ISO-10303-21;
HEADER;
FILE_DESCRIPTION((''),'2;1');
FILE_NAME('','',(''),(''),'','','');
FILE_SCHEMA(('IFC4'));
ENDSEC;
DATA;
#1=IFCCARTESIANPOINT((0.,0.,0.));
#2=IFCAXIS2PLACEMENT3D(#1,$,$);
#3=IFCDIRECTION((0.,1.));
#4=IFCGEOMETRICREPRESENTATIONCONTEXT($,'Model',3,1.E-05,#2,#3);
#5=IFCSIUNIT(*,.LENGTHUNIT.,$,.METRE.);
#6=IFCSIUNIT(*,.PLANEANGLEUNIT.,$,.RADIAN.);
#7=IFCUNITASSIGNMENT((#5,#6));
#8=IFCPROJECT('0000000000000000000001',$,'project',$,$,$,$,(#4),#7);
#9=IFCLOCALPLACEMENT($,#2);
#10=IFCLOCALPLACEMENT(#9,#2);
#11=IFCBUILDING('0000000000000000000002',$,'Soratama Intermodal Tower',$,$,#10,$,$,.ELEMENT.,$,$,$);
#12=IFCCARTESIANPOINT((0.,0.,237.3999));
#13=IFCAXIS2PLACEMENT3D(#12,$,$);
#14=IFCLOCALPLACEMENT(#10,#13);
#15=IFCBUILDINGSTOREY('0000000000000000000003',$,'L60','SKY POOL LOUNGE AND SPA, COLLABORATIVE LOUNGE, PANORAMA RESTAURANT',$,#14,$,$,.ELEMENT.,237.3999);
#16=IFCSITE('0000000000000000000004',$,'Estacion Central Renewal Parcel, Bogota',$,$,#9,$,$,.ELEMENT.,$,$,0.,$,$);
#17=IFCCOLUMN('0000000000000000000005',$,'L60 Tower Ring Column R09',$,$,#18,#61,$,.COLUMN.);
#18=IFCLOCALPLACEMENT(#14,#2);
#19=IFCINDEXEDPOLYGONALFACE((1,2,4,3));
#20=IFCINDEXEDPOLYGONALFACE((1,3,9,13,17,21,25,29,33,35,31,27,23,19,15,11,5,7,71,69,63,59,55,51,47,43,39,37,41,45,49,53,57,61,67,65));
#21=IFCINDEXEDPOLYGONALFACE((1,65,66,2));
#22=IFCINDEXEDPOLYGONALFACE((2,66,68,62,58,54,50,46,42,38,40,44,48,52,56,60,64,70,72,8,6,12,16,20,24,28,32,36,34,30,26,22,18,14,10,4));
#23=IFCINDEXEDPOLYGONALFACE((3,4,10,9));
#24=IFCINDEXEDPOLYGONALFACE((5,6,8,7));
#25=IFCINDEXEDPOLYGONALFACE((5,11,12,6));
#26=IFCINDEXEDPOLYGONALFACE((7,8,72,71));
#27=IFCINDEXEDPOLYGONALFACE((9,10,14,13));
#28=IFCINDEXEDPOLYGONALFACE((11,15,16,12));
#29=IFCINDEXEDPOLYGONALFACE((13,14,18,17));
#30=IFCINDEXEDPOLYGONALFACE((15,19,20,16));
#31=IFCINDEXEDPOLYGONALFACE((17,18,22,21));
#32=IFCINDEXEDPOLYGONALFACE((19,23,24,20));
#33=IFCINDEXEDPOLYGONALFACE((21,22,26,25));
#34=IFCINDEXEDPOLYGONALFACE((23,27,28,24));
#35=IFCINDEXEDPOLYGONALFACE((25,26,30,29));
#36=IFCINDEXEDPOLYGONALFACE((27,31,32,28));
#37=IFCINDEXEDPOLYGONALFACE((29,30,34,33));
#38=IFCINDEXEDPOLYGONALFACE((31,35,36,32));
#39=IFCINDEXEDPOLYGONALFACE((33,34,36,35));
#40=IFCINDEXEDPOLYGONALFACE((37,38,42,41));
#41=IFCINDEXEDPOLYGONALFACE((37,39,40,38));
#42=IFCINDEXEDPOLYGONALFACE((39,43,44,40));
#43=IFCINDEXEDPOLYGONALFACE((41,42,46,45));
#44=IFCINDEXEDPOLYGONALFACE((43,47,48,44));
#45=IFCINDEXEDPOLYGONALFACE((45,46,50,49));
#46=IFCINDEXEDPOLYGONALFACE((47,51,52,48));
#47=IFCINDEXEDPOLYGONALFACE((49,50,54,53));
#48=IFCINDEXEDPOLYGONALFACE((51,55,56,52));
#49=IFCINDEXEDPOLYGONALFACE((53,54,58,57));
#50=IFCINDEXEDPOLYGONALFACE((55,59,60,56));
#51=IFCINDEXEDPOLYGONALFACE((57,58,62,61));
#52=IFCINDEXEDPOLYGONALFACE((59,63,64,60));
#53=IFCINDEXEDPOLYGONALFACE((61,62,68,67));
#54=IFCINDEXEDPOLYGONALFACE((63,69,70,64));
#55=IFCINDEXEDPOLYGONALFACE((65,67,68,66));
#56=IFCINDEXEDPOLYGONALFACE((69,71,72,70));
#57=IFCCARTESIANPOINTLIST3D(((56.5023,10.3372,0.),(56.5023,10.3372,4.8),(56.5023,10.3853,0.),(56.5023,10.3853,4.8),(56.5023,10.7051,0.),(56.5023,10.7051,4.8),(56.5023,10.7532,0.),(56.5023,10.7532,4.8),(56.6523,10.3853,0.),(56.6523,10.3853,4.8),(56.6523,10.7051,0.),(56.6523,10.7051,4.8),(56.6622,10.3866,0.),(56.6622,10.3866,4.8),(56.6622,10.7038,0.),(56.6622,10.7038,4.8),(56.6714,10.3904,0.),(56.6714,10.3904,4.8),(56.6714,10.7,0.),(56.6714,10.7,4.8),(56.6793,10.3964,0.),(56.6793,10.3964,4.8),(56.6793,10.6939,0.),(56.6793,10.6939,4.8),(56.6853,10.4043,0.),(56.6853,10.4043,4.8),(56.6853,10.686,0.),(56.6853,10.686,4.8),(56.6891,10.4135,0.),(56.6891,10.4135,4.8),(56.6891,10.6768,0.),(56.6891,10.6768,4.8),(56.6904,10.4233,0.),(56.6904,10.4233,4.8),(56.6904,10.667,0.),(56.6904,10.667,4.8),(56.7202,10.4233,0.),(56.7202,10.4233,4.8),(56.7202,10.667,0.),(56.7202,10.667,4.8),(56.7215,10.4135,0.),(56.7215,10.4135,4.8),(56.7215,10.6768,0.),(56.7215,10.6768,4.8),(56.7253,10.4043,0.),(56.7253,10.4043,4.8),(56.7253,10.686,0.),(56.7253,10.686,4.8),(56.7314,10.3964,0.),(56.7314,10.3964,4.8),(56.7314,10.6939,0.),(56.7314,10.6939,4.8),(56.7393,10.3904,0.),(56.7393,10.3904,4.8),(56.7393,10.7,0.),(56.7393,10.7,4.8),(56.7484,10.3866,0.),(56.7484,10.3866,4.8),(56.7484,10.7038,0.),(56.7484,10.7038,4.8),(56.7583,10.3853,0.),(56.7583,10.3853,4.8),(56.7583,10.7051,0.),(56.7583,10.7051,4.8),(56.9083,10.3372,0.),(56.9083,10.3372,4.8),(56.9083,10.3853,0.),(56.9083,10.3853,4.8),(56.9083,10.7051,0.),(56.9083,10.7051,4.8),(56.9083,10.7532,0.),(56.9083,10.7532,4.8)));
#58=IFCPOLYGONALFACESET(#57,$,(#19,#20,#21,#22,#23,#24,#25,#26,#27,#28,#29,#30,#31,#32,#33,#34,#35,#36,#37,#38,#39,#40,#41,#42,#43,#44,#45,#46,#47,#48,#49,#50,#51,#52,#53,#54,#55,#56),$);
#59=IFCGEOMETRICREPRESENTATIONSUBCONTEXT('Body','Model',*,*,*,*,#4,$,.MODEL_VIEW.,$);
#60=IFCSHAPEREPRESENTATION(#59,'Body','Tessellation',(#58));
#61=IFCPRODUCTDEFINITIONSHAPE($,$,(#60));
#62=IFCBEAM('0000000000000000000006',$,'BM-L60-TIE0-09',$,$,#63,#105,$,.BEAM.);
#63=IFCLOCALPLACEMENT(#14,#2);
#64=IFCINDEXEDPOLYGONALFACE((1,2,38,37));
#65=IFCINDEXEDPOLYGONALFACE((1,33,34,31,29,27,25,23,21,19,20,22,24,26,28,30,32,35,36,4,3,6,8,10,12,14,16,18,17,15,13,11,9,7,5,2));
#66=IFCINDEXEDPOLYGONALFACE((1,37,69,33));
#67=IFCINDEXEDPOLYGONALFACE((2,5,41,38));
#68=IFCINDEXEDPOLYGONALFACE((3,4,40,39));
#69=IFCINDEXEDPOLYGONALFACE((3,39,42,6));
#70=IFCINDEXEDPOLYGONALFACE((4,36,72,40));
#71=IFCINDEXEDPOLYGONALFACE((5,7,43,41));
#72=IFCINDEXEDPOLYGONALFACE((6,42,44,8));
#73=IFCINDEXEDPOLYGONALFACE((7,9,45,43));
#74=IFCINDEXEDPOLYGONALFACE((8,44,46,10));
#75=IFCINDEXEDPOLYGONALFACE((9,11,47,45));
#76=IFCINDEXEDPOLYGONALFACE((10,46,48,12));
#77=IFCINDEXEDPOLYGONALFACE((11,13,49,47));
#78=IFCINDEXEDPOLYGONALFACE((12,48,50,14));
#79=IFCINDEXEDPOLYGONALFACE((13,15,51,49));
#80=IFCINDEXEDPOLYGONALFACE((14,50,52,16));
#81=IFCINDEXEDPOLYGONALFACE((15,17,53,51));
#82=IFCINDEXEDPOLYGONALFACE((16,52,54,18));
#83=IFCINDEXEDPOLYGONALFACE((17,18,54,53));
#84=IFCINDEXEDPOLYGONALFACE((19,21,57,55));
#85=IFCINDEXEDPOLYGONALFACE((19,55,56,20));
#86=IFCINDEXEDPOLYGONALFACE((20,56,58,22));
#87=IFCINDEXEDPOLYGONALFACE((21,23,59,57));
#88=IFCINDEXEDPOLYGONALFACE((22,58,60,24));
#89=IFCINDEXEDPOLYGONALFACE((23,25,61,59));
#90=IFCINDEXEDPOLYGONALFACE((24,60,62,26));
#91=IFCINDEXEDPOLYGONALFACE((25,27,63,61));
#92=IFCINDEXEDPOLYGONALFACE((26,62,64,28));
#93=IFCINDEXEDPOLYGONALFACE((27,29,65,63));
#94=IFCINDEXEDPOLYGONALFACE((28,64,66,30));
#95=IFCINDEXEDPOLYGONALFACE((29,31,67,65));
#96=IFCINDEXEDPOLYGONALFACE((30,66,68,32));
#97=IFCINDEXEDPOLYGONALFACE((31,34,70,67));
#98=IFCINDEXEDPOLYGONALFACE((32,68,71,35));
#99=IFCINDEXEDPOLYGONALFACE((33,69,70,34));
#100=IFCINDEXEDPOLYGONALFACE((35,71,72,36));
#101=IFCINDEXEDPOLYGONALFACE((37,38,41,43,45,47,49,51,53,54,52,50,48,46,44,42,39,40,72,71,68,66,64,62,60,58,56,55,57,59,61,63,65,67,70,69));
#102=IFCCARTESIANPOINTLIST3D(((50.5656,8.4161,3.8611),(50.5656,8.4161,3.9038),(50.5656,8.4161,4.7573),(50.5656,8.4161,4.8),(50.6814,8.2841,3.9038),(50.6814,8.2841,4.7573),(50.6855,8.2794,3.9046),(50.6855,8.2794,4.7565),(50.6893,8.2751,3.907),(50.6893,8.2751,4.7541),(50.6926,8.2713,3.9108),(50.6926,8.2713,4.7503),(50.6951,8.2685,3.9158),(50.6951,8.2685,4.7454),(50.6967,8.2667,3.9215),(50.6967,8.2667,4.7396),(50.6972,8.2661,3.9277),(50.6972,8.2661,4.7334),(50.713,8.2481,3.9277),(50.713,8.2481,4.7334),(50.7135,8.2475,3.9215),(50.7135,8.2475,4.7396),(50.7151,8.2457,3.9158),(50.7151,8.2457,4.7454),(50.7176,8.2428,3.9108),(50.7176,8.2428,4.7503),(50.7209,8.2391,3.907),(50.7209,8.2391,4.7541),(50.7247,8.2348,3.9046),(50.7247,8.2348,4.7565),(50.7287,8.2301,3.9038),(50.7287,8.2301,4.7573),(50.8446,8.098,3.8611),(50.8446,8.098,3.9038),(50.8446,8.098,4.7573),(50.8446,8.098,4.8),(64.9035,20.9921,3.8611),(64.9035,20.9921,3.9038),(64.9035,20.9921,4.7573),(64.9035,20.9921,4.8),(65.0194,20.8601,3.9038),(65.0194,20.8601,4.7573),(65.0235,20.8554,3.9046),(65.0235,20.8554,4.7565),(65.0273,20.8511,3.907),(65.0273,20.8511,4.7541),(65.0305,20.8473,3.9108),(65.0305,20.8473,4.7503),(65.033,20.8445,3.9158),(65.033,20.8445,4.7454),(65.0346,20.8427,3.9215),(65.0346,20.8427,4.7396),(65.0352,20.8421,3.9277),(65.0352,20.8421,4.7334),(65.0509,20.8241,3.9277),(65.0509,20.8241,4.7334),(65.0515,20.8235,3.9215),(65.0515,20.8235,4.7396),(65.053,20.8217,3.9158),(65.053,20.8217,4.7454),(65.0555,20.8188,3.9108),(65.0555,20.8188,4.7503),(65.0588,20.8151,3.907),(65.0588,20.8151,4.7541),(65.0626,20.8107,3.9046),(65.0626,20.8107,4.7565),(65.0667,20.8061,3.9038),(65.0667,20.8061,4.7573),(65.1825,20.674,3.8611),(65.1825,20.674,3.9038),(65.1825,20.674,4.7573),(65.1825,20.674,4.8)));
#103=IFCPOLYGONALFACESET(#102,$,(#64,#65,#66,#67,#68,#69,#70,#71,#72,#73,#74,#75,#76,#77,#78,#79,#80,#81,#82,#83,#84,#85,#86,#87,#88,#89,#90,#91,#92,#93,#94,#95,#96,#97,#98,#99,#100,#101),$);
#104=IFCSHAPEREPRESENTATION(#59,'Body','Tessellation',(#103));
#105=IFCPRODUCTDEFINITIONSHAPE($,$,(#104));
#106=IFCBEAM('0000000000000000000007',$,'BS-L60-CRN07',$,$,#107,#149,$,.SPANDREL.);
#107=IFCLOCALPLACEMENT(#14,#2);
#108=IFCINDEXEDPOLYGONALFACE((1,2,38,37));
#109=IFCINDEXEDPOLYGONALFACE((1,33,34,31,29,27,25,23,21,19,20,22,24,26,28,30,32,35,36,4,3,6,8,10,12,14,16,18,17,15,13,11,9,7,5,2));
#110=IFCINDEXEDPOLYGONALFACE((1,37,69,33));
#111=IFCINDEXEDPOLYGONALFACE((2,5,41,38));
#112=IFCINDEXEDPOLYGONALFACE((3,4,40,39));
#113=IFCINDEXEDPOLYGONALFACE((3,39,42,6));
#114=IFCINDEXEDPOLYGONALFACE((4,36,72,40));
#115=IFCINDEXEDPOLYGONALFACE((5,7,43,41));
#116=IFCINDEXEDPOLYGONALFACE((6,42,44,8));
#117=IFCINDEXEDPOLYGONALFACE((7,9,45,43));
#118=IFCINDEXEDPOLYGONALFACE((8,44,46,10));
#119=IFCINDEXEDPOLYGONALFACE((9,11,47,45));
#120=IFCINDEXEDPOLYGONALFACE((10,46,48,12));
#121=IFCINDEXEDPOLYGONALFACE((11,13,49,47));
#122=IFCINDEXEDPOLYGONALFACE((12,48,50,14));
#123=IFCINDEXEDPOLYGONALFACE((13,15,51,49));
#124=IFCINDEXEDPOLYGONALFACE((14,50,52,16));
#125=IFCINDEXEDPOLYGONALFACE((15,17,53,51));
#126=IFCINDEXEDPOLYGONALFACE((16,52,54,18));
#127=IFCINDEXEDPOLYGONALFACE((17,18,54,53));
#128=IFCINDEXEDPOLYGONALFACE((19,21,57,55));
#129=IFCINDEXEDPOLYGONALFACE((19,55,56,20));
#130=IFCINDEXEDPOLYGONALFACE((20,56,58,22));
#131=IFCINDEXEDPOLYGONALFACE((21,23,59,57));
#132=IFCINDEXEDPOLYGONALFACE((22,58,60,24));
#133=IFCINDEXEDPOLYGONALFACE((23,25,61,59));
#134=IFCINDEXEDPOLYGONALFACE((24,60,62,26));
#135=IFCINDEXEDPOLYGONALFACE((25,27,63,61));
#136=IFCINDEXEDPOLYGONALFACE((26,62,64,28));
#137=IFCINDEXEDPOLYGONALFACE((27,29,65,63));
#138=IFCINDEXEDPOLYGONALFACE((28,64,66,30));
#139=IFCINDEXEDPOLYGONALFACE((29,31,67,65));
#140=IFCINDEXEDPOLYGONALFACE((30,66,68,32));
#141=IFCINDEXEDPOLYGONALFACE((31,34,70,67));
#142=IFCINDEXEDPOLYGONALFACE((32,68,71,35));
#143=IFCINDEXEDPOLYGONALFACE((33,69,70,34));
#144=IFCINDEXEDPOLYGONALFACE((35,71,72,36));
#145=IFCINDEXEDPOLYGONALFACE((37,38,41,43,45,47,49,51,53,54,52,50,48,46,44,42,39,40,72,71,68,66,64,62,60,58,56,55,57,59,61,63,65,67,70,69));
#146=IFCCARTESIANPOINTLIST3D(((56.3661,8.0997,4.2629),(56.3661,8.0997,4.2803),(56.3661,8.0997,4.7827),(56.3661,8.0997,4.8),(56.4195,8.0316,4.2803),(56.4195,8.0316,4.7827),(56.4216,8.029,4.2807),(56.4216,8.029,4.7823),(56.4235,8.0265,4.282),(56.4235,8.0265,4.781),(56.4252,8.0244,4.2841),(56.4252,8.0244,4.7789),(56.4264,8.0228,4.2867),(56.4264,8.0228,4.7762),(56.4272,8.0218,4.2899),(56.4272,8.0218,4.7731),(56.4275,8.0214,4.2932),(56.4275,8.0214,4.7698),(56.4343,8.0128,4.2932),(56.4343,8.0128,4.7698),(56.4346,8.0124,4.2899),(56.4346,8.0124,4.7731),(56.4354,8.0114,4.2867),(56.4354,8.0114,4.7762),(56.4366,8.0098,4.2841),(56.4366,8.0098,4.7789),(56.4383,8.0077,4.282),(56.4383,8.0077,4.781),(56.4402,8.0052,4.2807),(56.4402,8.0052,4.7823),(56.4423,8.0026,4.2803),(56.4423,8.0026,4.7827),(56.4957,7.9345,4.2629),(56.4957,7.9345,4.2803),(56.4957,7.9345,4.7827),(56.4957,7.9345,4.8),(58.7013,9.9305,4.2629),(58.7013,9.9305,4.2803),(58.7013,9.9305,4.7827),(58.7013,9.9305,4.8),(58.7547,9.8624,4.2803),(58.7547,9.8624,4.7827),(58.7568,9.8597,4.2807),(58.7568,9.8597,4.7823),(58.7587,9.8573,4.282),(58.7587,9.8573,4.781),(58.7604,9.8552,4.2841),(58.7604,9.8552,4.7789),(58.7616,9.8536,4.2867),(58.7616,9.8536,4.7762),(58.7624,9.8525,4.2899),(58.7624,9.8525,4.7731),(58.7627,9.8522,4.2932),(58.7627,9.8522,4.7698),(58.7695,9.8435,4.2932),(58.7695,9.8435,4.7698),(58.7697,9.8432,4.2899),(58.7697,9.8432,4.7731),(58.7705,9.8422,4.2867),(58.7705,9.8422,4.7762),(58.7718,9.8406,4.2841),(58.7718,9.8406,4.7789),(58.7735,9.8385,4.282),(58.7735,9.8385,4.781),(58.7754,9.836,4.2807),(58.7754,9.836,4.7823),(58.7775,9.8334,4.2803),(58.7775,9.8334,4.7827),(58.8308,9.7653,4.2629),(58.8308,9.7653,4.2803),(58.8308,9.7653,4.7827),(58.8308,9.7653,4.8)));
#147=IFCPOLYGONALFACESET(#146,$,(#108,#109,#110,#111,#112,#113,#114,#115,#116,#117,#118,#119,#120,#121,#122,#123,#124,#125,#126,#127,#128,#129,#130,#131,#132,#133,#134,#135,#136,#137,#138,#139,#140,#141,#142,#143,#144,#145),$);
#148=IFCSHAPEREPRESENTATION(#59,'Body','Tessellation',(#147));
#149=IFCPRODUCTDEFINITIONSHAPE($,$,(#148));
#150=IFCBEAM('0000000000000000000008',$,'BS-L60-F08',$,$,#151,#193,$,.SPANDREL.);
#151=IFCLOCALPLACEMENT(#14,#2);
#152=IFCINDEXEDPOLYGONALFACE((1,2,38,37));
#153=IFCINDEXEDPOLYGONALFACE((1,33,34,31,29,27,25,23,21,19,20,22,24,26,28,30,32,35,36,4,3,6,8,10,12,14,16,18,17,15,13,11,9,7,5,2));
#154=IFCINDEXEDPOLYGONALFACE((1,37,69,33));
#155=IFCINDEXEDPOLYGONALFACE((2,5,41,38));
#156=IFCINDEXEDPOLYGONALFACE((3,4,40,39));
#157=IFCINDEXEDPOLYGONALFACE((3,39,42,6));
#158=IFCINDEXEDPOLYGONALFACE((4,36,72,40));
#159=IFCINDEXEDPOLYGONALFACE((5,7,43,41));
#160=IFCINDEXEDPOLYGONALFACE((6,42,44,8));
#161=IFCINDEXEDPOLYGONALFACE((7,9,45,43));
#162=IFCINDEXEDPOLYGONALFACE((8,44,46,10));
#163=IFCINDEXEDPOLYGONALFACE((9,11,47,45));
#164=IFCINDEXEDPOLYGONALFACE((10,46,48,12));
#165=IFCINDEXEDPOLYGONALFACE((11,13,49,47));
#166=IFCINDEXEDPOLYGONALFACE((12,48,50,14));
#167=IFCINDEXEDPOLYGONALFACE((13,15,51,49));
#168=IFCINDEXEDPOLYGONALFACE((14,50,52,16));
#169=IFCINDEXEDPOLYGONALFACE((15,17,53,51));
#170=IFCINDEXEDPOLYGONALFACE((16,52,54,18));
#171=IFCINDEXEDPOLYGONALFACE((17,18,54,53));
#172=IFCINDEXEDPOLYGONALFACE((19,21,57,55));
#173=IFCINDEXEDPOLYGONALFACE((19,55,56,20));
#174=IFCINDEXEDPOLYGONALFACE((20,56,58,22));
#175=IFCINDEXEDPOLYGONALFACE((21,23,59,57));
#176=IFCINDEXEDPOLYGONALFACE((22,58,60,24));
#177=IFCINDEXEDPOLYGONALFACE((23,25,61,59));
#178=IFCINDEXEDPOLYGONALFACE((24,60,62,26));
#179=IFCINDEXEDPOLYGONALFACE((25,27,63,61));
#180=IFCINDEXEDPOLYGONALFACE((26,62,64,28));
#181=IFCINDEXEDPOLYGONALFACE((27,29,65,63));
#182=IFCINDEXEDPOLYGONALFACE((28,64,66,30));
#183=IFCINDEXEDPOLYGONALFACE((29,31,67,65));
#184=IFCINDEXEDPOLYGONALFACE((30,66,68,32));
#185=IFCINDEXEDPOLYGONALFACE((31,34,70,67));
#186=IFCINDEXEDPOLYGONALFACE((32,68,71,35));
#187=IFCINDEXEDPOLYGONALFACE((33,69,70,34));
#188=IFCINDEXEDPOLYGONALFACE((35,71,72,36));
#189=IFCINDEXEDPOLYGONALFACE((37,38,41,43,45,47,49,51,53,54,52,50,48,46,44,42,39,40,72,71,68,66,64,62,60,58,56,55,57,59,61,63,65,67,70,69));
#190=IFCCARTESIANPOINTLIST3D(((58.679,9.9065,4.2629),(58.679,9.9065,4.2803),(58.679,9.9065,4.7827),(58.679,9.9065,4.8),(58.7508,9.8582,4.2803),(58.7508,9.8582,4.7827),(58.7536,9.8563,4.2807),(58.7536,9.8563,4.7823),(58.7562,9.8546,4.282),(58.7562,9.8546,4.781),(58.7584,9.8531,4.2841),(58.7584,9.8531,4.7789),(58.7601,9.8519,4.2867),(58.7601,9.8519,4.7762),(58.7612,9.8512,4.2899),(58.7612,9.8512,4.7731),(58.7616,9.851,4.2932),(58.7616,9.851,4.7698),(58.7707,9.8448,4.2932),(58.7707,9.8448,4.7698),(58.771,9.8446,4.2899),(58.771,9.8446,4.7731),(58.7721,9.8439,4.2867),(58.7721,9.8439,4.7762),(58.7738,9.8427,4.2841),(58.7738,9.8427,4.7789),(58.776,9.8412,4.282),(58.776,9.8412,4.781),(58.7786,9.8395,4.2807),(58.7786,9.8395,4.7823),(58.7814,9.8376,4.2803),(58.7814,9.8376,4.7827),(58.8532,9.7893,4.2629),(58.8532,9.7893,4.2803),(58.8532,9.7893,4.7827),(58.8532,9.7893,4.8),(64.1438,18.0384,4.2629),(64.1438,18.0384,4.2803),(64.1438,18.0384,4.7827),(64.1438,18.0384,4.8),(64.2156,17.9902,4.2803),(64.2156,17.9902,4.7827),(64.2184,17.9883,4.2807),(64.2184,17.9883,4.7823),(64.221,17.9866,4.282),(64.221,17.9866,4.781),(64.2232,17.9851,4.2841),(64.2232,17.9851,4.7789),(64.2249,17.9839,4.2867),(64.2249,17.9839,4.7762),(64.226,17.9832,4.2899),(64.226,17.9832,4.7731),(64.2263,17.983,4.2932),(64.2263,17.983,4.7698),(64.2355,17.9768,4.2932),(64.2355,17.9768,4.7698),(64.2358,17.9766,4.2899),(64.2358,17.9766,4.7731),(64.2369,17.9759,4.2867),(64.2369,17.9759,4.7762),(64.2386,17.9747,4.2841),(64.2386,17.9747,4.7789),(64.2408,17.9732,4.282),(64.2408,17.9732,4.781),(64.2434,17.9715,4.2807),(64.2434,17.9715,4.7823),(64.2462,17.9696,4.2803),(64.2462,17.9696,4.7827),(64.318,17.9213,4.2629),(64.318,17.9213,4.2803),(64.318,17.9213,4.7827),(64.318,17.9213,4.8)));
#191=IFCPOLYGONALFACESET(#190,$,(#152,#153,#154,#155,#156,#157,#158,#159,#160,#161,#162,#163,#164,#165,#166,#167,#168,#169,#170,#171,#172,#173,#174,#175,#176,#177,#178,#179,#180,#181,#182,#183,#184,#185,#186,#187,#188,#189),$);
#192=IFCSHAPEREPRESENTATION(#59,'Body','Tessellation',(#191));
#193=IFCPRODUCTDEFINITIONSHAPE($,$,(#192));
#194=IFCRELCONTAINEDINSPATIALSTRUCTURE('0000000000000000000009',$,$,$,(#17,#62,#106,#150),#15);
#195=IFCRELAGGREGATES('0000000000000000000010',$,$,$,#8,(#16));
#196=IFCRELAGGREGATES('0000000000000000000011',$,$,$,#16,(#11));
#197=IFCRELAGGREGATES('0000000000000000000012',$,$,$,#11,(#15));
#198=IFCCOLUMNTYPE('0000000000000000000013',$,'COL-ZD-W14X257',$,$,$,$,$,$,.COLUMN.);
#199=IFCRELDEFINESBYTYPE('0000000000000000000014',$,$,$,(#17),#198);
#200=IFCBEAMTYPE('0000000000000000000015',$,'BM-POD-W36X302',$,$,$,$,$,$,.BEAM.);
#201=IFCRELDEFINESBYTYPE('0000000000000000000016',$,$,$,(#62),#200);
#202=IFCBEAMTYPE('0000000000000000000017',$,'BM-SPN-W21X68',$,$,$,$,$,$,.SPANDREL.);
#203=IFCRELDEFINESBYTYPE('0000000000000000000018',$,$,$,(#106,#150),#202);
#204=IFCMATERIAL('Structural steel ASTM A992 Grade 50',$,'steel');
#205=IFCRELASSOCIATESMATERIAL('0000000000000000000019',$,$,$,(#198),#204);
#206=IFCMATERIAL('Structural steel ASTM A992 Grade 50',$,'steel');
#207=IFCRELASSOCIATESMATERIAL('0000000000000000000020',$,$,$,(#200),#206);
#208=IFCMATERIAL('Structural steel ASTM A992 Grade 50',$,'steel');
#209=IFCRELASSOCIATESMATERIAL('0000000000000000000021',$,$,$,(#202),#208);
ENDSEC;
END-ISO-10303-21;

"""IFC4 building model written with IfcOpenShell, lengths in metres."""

from ifc_helpers import new_model, si_unit, direction, frame, origin, origin_2d, place, context, subcontext, project, spatial, i_section, extrude, material, material_profile, profile_set, type_object, element, save


model = new_model("IFC4")

# Units and contexts
model_context = context("Model", 3, precision=1e-05, world=origin(), true_north=direction((0.0, 1.0)))
body_context = subcontext(model_context, "Body", "Model", "MODEL_VIEW")
ifc_project = project(units=[si_unit("LENGTHUNIT", "METRE"), si_unit("PLANEANGLEUNIT", "RADIAN")], contexts=[model_context])

# Site, building, storey
site_placement = place(None, origin())
site = spatial("IfcSite", under=ifc_project, at=site_placement, Name="Estacion Central Renewal Parcel, Bogota", CompositionType="ELEMENT", RefElevation=0.0)
building_placement = place(site_placement, origin())
building = spatial("IfcBuilding", under=site, at=building_placement, Name="Soratama Intermodal Tower", CompositionType="ELEMENT")
storey_placement = place(building_placement, frame((0.0, 0.0, 237.3999)))
storey = spatial("IfcBuildingStorey", under=building, at=storey_placement, Name="L60", Description="SKY POOL LOUNGE AND SPA, COLLABORATIVE LOUNGE, PANORAMA RESTAURANT", CompositionType="ELEMENT", Elevation=237.3999)

# Column
ifc_material_1 = material(Name="Structural steel ASTM A992 Grade 50", Category="steel")
ifc_material_profile_1 = material_profile(ifc_material_1, i_section(OverallWidth=0.406, OverallDepth=0.416, WebThickness=0.0298, FlangeThickness=0.0481, FilletRadius=0.0381, at=origin_2d()), Name="W14X257")
ifc_profile_set_1 = profile_set([ifc_material_profile_1], Name="Structural steel ASTM A992 Grade 50")
column_type = type_object("IfcColumnType", Name="COL-ZD-W14X257", PredefinedType="COLUMN", material=ifc_profile_set_1)
column_placement = place(storey_placement, frame((56.7053, 10.5452, 0.0), z_axis=(0.0, 0.0, 1.0), x_axis=(1.0, 0.0, 0.0)))
element("IfcColumn", 1, at=column_placement, inside=storey, type_object=column_type, Name="L60 Tower Ring Column R09", PredefinedType="COLUMN", context=body_context, shape_type="SweptSolid", body=[
    extrude(i_section(OverallWidth=0.406, OverallDepth=0.416, WebThickness=0.0298, FlangeThickness=0.0481, FilletRadius=0.0381, at=origin_2d()), origin(), (0.0, 0.0, 1.0), 4.8),
])

# Beams
ifc_material_2 = material(Name="Structural steel ASTM A992 Grade 50", Category="steel")
ifc_material_profile_2 = material_profile(ifc_material_2, i_section(OverallWidth=0.4231, OverallDepth=0.939, WebThickness=0.0239, FlangeThickness=0.0427, FilletRadius=0.0239, at=origin_2d()), Name="W36X302")
ifc_profile_set_2 = profile_set([ifc_material_profile_2], Name="Structural steel ASTM A992 Grade 50")
beam_type_1 = type_object("IfcBeamType", Name="BM-POD-W36X302", PredefinedType="BEAM", material=ifc_profile_set_2)
beam_1_placement = place(storey_placement, frame((50.7051, 8.2571, 4.3306), z_axis=(0.75179, 0.659403, 0.0), x_axis=(-0.659403, 0.75179, 0.0)))
element("IfcBeam", 2, at=beam_1_placement, inside=storey, type_object=beam_type_1, Name="BM-L60-TIE0-09", PredefinedType="BEAM", context=body_context, shape_type="SweptSolid", body=[
    extrude(i_section(OverallWidth=0.4231, OverallDepth=0.939, WebThickness=0.0239, FlangeThickness=0.0427, FilletRadius=0.0239, at=origin_2d()), origin(), (0.0, 0.0, 1.0), 19.0718),
])
ifc_material_3 = material(Name="Structural steel ASTM A992 Grade 50", Category="steel")
ifc_material_profile_3 = material_profile(ifc_material_3, i_section(OverallWidth=0.21, OverallDepth=0.5371, WebThickness=0.011, FlangeThickness=0.0173, FilletRadius=0.0129, at=origin_2d()), Name="W21X68")
ifc_profile_set_3 = profile_set([ifc_material_profile_3], Name="Structural steel ASTM A992 Grade 50")
beam_type_2 = type_object("IfcBeamType", Name="BM-SPN-W21X68", PredefinedType="SPANDREL", material=ifc_profile_set_3)
beam_2_placement = place(storey_placement, frame((56.4309, 8.0171, 4.5315), z_axis=(0.786972, 0.616989, 0.0), x_axis=(-0.616989, 0.786972, 0.0)))
element("IfcBeam", 3, at=beam_2_placement, inside=storey, type_object=beam_type_2, Name="BS-L60-CRN07", PredefinedType="SPANDREL", context=body_context, shape_type="SweptSolid", body=[
    extrude(i_section(OverallWidth=0.21, OverallDepth=0.5371, WebThickness=0.011, FlangeThickness=0.0173, FilletRadius=0.0129, at=origin_2d()), origin(), (0.0, 0.0, 1.0), 2.9673),
])
beam_3_placement = place(storey_placement, frame((58.7661, 9.8479, 4.5315), z_axis=(0.557767, 0.829998, 0.0), x_axis=(-0.829998, 0.557767, 0.0)))
element("IfcBeam", 4, at=beam_3_placement, inside=storey, type_object=beam_type_2, Name="BS-L60-F08", PredefinedType="SPANDREL", context=body_context, shape_type="SweptSolid", body=[
    extrude(i_section(OverallWidth=0.21, OverallDepth=0.5371, WebThickness=0.011, FlangeThickness=0.0173, FilletRadius=0.0129, at=origin_2d()), origin(), (0.0, 0.0, 1.0), 9.7976),
])

save(model, "model.ifc")
